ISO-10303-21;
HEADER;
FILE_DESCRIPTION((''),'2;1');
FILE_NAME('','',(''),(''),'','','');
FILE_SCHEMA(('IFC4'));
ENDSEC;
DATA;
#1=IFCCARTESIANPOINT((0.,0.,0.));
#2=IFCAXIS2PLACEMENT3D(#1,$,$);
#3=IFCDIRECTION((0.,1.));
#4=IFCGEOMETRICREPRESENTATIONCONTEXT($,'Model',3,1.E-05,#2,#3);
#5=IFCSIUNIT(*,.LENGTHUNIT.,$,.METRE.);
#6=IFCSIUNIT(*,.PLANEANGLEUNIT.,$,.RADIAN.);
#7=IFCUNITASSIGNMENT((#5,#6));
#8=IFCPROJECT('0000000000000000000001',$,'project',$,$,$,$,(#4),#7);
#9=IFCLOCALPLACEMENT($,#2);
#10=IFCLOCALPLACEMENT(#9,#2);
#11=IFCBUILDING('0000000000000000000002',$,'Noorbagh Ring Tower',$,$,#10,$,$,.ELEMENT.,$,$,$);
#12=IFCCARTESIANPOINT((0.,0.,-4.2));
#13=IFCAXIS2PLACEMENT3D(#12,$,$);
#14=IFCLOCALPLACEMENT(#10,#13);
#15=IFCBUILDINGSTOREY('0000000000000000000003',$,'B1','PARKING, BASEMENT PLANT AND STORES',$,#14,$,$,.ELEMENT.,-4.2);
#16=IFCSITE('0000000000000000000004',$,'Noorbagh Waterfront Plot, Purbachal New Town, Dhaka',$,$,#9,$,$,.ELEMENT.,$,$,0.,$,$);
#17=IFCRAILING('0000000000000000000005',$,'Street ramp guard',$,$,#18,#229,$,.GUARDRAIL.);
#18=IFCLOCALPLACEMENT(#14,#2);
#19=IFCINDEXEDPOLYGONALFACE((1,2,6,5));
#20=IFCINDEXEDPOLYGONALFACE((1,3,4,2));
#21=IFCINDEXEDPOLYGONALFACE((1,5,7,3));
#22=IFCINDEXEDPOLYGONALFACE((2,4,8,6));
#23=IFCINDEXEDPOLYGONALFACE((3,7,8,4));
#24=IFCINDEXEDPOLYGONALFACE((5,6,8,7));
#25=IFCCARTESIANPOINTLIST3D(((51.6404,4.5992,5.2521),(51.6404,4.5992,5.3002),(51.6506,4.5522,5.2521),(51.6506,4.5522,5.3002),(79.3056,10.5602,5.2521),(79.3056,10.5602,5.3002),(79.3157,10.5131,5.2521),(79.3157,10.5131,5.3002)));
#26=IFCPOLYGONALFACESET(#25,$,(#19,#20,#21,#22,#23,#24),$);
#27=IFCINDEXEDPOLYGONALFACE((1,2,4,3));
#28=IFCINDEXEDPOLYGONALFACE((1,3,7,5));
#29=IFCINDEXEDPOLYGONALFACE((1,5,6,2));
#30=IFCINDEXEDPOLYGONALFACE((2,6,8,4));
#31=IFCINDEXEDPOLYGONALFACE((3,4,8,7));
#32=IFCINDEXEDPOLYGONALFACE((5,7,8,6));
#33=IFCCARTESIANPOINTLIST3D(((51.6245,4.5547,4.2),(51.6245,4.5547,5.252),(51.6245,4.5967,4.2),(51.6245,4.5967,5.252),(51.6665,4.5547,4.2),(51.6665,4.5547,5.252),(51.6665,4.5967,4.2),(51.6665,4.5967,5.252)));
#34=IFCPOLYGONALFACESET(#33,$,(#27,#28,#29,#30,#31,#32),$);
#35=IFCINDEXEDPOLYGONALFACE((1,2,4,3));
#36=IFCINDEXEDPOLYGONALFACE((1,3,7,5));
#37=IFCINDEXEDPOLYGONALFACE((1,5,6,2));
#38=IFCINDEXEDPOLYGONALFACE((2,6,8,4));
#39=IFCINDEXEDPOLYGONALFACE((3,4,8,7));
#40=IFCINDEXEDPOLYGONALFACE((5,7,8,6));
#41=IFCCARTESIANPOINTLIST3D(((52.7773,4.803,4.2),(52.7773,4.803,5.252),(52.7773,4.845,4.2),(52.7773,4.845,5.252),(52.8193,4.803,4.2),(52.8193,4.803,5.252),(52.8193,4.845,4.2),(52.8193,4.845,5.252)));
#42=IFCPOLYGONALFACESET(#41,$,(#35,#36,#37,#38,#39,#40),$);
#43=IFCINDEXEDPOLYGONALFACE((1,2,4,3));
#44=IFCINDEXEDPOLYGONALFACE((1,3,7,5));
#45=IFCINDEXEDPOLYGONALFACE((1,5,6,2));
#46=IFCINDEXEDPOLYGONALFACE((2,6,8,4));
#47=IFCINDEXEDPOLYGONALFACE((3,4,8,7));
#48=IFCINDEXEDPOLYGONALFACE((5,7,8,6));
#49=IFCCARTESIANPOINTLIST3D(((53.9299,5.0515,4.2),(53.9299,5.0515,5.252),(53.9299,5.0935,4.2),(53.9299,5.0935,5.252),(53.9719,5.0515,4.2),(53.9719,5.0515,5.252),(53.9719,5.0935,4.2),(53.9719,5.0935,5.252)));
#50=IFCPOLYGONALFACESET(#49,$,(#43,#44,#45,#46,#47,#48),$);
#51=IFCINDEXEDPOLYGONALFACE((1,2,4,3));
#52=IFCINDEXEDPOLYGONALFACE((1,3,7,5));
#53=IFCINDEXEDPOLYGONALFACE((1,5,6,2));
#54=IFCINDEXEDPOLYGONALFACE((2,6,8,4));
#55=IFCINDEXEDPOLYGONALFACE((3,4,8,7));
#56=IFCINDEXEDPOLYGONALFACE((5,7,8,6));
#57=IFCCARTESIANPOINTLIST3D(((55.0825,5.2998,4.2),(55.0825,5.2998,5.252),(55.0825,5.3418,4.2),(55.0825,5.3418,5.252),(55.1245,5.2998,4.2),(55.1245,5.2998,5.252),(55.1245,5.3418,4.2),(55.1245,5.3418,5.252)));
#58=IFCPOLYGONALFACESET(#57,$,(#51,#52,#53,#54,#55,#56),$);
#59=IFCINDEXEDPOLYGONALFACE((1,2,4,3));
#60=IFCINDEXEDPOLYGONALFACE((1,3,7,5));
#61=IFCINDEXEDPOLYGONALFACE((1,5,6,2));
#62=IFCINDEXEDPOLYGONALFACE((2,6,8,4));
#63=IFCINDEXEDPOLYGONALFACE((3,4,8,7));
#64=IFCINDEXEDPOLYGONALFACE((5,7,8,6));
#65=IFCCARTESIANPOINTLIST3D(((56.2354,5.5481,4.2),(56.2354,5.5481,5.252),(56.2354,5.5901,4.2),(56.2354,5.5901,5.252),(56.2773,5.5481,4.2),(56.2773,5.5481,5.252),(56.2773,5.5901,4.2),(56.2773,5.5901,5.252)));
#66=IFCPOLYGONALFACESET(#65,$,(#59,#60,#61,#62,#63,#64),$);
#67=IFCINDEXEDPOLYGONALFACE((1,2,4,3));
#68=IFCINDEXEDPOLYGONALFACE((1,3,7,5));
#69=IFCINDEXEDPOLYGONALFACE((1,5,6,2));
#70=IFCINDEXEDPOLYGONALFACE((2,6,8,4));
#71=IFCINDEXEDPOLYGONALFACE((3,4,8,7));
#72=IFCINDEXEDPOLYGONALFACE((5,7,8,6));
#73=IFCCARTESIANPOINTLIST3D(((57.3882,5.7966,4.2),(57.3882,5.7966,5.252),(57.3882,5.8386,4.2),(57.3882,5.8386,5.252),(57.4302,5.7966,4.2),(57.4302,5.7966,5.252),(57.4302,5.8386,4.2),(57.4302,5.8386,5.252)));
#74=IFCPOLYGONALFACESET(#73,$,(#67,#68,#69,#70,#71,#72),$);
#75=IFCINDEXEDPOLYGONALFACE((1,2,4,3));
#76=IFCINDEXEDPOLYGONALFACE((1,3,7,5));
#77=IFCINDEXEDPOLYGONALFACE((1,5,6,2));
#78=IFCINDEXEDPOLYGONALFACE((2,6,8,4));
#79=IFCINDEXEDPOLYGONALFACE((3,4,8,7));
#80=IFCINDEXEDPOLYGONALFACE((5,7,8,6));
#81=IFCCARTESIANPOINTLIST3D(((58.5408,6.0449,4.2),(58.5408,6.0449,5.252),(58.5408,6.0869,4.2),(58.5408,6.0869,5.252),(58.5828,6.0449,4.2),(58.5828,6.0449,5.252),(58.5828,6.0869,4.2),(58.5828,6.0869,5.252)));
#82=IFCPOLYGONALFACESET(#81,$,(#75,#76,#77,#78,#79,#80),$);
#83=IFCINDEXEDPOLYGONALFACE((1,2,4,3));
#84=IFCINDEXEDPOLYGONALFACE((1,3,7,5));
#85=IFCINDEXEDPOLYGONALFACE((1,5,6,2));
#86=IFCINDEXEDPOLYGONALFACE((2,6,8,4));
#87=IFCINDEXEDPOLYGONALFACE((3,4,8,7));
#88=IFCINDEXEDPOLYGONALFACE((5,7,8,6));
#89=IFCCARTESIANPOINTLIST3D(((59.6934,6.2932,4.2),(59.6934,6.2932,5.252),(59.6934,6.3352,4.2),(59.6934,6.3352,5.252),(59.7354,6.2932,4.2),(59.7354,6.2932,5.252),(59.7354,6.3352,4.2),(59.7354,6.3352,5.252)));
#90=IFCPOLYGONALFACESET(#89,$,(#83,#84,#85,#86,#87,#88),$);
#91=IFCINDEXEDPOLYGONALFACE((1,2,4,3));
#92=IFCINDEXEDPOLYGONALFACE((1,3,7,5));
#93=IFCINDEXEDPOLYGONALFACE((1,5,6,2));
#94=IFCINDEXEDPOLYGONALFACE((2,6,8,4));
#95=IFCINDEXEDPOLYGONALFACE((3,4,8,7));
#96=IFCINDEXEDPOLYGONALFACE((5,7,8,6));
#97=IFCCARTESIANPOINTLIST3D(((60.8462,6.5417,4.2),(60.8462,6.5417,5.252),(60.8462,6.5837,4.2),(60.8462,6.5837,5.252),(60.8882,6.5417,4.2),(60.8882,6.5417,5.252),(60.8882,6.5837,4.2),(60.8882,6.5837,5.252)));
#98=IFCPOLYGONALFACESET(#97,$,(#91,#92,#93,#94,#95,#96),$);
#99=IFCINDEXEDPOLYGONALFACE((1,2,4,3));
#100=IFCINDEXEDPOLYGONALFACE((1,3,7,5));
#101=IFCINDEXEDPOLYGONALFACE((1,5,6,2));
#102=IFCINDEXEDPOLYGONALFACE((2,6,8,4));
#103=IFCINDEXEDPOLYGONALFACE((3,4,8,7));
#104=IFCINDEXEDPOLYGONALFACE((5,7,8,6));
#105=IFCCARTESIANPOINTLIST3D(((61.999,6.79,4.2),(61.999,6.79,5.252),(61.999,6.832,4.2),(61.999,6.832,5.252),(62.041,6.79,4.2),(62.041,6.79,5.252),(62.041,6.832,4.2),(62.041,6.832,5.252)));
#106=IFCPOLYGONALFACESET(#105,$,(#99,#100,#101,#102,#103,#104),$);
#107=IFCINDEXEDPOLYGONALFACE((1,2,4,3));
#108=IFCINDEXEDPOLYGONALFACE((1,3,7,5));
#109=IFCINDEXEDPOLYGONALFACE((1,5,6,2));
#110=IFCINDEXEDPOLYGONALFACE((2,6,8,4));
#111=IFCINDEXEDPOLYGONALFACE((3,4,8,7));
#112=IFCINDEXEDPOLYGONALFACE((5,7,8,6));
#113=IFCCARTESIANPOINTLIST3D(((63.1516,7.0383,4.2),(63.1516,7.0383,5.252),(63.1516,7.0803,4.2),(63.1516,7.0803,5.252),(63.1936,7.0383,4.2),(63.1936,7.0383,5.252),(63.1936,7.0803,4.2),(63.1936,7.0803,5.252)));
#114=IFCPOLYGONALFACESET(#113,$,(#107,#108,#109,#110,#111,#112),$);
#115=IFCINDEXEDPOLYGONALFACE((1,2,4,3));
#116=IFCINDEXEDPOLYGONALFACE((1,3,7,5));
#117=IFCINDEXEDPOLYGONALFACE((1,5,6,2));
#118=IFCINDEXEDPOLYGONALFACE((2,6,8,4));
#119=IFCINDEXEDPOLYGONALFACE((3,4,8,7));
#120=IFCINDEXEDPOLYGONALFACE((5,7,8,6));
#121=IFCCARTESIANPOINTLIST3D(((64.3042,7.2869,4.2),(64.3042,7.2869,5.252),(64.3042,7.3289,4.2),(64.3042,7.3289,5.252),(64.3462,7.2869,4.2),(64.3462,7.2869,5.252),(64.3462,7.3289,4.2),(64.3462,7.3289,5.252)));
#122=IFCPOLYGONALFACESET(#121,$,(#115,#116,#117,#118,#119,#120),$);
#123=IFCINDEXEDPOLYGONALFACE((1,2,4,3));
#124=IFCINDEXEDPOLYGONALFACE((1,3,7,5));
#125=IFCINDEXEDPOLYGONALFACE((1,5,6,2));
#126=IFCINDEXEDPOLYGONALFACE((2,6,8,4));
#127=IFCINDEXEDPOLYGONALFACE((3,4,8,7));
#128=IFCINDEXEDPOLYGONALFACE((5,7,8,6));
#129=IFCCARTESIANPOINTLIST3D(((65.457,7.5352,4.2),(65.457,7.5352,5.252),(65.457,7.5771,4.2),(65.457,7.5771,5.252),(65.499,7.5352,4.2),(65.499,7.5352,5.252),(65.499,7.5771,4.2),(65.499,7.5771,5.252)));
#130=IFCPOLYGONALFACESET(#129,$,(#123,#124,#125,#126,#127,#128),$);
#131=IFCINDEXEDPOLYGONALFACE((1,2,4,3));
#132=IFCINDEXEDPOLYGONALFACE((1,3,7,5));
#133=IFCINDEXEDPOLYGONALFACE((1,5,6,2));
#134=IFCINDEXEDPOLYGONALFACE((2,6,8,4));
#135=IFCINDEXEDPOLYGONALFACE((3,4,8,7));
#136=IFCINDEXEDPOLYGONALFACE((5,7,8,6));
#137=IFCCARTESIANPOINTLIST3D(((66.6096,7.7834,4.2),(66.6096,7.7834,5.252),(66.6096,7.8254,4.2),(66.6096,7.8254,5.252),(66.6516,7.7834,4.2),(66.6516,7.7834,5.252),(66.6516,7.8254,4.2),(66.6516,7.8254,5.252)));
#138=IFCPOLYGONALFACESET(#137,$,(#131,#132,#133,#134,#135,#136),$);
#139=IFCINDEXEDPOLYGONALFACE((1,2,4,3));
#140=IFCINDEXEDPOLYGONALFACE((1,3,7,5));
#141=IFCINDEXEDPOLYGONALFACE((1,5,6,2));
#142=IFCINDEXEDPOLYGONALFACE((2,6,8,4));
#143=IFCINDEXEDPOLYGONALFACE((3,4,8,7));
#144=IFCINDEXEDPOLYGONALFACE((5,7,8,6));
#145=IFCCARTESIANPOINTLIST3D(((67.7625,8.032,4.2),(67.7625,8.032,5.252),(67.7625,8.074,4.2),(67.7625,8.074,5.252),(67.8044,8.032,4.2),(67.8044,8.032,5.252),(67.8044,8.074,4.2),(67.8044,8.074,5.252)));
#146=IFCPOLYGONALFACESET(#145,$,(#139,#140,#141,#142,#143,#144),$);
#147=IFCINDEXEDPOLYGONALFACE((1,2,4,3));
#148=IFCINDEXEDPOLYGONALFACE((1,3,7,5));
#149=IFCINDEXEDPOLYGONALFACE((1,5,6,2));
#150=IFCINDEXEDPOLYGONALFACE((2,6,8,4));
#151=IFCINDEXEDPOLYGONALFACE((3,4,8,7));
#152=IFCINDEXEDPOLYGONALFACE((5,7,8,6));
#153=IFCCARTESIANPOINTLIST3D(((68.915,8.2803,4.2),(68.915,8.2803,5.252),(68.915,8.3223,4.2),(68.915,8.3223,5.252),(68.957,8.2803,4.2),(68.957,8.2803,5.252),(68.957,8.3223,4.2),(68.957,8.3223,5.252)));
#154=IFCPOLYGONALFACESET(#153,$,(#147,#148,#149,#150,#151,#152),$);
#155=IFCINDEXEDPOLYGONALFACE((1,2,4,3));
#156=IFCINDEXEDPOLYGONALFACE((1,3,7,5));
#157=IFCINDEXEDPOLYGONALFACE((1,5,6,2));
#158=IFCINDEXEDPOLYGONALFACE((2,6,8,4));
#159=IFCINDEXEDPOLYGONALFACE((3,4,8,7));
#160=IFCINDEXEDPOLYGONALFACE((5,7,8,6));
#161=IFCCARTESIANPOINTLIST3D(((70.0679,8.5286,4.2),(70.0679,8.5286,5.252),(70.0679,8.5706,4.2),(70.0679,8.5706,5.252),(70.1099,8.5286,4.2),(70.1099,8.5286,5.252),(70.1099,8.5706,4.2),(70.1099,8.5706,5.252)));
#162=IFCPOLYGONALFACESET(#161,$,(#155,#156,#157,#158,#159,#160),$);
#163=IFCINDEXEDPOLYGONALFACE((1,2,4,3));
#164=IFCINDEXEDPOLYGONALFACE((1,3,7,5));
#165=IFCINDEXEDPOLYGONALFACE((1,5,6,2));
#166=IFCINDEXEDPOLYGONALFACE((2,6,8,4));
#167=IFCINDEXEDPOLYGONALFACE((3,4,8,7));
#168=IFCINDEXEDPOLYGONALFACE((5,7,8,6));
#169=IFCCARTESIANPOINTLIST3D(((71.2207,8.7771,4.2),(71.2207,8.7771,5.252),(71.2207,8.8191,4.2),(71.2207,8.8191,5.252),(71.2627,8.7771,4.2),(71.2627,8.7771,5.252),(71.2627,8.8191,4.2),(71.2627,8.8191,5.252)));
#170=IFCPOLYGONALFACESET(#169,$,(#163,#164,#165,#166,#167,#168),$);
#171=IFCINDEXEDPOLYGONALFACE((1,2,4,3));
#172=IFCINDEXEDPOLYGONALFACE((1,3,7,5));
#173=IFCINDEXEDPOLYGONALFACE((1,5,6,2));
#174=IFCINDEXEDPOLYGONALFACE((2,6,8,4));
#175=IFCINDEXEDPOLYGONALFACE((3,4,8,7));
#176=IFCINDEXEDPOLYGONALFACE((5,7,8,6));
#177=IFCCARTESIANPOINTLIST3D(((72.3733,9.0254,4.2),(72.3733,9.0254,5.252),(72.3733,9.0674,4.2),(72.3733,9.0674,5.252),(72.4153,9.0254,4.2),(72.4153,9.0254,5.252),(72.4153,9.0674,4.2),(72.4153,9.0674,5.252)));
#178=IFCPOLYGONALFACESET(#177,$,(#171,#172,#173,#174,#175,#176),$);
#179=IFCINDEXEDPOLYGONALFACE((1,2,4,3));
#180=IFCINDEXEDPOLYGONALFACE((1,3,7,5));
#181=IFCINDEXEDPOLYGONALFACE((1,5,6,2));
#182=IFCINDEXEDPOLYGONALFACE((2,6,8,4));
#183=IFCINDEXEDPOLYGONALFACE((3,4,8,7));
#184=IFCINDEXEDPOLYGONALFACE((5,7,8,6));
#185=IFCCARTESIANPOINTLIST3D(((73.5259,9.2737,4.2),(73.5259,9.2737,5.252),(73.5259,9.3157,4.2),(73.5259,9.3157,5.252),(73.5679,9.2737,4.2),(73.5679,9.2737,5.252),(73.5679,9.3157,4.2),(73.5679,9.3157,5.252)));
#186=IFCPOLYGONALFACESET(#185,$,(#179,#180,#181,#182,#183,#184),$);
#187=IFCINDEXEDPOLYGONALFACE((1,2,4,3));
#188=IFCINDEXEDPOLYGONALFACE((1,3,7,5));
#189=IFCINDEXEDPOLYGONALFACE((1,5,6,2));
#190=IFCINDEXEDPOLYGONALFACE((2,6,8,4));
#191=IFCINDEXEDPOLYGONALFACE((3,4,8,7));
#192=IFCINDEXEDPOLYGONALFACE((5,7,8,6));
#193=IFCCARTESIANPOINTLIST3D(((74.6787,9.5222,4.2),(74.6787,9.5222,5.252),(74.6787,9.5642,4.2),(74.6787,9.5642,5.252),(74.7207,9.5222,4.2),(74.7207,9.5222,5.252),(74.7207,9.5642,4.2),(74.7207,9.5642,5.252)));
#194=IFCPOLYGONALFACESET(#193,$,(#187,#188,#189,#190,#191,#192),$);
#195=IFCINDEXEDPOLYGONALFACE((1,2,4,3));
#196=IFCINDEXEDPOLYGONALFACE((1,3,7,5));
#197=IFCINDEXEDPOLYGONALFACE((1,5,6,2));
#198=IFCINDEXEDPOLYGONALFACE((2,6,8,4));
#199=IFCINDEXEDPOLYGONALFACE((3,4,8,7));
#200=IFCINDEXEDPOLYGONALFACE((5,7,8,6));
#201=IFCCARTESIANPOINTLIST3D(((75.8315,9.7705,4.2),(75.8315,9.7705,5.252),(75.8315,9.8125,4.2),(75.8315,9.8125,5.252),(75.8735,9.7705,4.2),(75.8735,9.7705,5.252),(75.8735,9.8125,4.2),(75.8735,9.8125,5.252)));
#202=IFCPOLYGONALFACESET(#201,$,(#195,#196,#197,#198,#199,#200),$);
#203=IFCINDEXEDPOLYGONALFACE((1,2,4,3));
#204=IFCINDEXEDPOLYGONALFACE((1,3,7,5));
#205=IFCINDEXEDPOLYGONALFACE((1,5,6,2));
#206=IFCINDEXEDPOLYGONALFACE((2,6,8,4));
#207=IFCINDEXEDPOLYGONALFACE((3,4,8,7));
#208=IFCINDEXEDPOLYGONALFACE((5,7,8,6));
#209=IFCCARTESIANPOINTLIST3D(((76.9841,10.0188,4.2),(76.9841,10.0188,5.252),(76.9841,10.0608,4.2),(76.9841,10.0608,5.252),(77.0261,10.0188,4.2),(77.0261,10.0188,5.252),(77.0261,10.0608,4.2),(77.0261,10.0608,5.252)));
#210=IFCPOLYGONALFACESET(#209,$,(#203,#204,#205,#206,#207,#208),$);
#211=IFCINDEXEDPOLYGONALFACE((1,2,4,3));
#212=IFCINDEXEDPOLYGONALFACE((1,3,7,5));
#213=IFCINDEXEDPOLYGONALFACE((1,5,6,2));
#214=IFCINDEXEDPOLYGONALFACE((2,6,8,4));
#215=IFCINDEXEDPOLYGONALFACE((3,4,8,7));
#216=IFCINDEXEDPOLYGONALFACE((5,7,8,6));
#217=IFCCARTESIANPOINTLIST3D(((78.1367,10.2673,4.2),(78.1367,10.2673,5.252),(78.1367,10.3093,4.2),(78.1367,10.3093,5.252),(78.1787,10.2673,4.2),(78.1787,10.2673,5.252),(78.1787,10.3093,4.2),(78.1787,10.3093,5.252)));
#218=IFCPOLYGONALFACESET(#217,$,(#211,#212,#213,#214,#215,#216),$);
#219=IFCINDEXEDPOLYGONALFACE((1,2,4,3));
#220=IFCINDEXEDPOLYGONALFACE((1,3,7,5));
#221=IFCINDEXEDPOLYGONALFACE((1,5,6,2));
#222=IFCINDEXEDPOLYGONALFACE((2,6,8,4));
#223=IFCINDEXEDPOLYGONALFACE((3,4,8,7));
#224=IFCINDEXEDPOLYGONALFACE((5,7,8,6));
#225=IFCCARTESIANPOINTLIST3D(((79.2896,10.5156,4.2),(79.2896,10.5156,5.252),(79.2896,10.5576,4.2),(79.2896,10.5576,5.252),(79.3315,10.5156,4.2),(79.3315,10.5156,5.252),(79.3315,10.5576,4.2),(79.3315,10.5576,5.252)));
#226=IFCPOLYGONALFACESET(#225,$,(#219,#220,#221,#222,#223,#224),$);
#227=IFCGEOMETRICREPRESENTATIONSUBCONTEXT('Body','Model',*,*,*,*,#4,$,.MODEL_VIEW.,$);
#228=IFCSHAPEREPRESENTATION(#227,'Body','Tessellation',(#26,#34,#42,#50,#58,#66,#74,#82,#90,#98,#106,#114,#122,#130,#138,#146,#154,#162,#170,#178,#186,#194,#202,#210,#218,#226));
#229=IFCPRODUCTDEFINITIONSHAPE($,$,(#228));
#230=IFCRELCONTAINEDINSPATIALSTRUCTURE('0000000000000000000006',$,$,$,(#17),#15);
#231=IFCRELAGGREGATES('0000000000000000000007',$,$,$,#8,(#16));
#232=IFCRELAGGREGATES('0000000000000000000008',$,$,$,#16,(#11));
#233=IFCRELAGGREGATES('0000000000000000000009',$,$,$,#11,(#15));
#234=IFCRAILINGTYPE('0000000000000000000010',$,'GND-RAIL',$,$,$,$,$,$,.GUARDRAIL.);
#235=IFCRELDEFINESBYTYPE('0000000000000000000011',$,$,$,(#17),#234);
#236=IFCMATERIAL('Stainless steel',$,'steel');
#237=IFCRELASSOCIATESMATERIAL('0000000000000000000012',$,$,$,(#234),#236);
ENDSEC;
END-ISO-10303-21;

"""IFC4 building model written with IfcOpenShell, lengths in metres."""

from ifc_helpers import new_model, si_unit, direction, frame, origin, origin_2d, place, context, subcontext, project, spatial, rectangle, extrude, material, type_object, element, save


model = new_model("IFC4")

# Units and contexts
model_context = context("Model", 3, precision=1e-05, world=origin(), true_north=direction((0.0, 1.0)))
body_context = subcontext(model_context, "Body", "Model", "MODEL_VIEW")
ifc_project = project(units=[si_unit("LENGTHUNIT", "METRE"), si_unit("PLANEANGLEUNIT", "RADIAN")], contexts=[model_context])

# Site, building, storey
site_placement = place(None, origin())
site = spatial("IfcSite", under=ifc_project, at=site_placement, Name="Noorbagh Waterfront Plot, Purbachal New Town, Dhaka", CompositionType="ELEMENT", RefElevation=0.0)
building_placement = place(site_placement, origin())
building = spatial("IfcBuilding", under=site, at=building_placement, Name="Noorbagh Ring Tower", CompositionType="ELEMENT")
storey_placement = place(building_placement, frame((0.0, 0.0, -4.2)))
storey = spatial("IfcBuildingStorey", under=building, at=storey_placement, Name="B1", Description="PARKING, BASEMENT PLANT AND STORES", CompositionType="ELEMENT", Elevation=-4.2)

# Railing
ifc_material_1 = material(Name="Stainless steel", Category="steel")
railing_type_1 = type_object("IfcRailingType", Name="GND-RAIL", PredefinedType="GUARDRAIL", material=ifc_material_1)
railing_1_placement = place(storey_placement, frame((51.6455, 4.5757, 4.2)))
element("IfcRailing", 1, at=railing_1_placement, inside=storey, type_object=railing_type_1, Name="Street ramp guard", PredefinedType="GUARDRAIL", context=body_context, shape_type="SweptSolid", body=[
    extrude(rectangle(XDim=0.0481, YDim=0.0481, at=origin_2d()), frame((0.0, 0.0, 1.0762), z_axis=(0.977565, 0.210634, 0.0), x_axis=(-0.210634, 0.977565, 0.0)), (0.0, 0.0, 1.0), 28.3),
    extrude(rectangle(XDim=0.042, YDim=0.042, at=origin_2d()), origin(), (0.0, 0.0, 1.0), 1.052),
    extrude(rectangle(XDim=0.042, YDim=0.042, at=origin_2d()), frame((1.1528, 0.2483, 0.0)), (0.0, 0.0, 1.0), 1.052),
    extrude(rectangle(XDim=0.042, YDim=0.042, at=origin_2d()), frame((2.3054, 0.4968, 0.0)), (0.0, 0.0, 1.0), 1.052),
    extrude(rectangle(XDim=0.042, YDim=0.042, at=origin_2d()), frame((3.458, 0.7451, 0.0)), (0.0, 0.0, 1.0), 1.052),
    extrude(rectangle(XDim=0.042, YDim=0.042, at=origin_2d()), frame((4.6108, 0.9934, 0.0)), (0.0, 0.0, 1.0), 1.052),
    extrude(rectangle(XDim=0.042, YDim=0.042, at=origin_2d()), frame((5.7637, 1.2419, 0.0)), (0.0, 0.0, 1.0), 1.052),
    extrude(rectangle(XDim=0.042, YDim=0.042, at=origin_2d()), frame((6.9163, 1.4902, 0.0)), (0.0, 0.0, 1.0), 1.052),
    extrude(rectangle(XDim=0.042, YDim=0.042, at=origin_2d()), frame((8.0688, 1.7385, 0.0)), (0.0, 0.0, 1.0), 1.052),
    extrude(rectangle(XDim=0.042, YDim=0.042, at=origin_2d()), frame((9.2217, 1.9871, 0.0)), (0.0, 0.0, 1.0), 1.052),
    extrude(rectangle(XDim=0.042, YDim=0.042, at=origin_2d()), frame((10.3745, 2.2354, 0.0)), (0.0, 0.0, 1.0), 1.052),
    extrude(rectangle(XDim=0.042, YDim=0.042, at=origin_2d()), frame((11.5271, 2.4836, 0.0)), (0.0, 0.0, 1.0), 1.052),
    extrude(rectangle(XDim=0.042, YDim=0.042, at=origin_2d()), frame((12.6797, 2.7322, 0.0)), (0.0, 0.0, 1.0), 1.052),
    extrude(rectangle(XDim=0.042, YDim=0.042, at=origin_2d()), frame((13.8325, 2.9805, 0.0)), (0.0, 0.0, 1.0), 1.052),
    extrude(rectangle(XDim=0.042, YDim=0.042, at=origin_2d()), frame((14.9851, 3.2288, 0.0)), (0.0, 0.0, 1.0), 1.052),
    extrude(rectangle(XDim=0.042, YDim=0.042, at=origin_2d()), frame((16.1379, 3.4773, 0.0)), (0.0, 0.0, 1.0), 1.052),
    extrude(rectangle(XDim=0.042, YDim=0.042, at=origin_2d()), frame((17.2905, 3.7256, 0.0)), (0.0, 0.0, 1.0), 1.052),
    extrude(rectangle(XDim=0.042, YDim=0.042, at=origin_2d()), frame((18.4434, 3.9739, 0.0)), (0.0, 0.0, 1.0), 1.052),
    extrude(rectangle(XDim=0.042, YDim=0.042, at=origin_2d()), frame((19.5962, 4.2224, 0.0)), (0.0, 0.0, 1.0), 1.052),
    extrude(rectangle(XDim=0.042, YDim=0.042, at=origin_2d()), frame((20.7488, 4.4707, 0.0)), (0.0, 0.0, 1.0), 1.052),
    extrude(rectangle(XDim=0.042, YDim=0.042, at=origin_2d()), frame((21.9014, 4.719, 0.0)), (0.0, 0.0, 1.0), 1.052),
    extrude(rectangle(XDim=0.042, YDim=0.042, at=origin_2d()), frame((23.0542, 4.9675, 0.0)), (0.0, 0.0, 1.0), 1.052),
    extrude(rectangle(XDim=0.042, YDim=0.042, at=origin_2d()), frame((24.207, 5.2158, 0.0)), (0.0, 0.0, 1.0), 1.052),
    extrude(rectangle(XDim=0.042, YDim=0.042, at=origin_2d()), frame((25.3596, 5.4641, 0.0)), (0.0, 0.0, 1.0), 1.052),
    extrude(rectangle(XDim=0.042, YDim=0.042, at=origin_2d()), frame((26.5122, 5.7126, 0.0)), (0.0, 0.0, 1.0), 1.052),
    extrude(rectangle(XDim=0.042, YDim=0.042, at=origin_2d()), frame((27.665, 5.9609, 0.0)), (0.0, 0.0, 1.0), 1.052),
])

save(model, "model.ifc")
